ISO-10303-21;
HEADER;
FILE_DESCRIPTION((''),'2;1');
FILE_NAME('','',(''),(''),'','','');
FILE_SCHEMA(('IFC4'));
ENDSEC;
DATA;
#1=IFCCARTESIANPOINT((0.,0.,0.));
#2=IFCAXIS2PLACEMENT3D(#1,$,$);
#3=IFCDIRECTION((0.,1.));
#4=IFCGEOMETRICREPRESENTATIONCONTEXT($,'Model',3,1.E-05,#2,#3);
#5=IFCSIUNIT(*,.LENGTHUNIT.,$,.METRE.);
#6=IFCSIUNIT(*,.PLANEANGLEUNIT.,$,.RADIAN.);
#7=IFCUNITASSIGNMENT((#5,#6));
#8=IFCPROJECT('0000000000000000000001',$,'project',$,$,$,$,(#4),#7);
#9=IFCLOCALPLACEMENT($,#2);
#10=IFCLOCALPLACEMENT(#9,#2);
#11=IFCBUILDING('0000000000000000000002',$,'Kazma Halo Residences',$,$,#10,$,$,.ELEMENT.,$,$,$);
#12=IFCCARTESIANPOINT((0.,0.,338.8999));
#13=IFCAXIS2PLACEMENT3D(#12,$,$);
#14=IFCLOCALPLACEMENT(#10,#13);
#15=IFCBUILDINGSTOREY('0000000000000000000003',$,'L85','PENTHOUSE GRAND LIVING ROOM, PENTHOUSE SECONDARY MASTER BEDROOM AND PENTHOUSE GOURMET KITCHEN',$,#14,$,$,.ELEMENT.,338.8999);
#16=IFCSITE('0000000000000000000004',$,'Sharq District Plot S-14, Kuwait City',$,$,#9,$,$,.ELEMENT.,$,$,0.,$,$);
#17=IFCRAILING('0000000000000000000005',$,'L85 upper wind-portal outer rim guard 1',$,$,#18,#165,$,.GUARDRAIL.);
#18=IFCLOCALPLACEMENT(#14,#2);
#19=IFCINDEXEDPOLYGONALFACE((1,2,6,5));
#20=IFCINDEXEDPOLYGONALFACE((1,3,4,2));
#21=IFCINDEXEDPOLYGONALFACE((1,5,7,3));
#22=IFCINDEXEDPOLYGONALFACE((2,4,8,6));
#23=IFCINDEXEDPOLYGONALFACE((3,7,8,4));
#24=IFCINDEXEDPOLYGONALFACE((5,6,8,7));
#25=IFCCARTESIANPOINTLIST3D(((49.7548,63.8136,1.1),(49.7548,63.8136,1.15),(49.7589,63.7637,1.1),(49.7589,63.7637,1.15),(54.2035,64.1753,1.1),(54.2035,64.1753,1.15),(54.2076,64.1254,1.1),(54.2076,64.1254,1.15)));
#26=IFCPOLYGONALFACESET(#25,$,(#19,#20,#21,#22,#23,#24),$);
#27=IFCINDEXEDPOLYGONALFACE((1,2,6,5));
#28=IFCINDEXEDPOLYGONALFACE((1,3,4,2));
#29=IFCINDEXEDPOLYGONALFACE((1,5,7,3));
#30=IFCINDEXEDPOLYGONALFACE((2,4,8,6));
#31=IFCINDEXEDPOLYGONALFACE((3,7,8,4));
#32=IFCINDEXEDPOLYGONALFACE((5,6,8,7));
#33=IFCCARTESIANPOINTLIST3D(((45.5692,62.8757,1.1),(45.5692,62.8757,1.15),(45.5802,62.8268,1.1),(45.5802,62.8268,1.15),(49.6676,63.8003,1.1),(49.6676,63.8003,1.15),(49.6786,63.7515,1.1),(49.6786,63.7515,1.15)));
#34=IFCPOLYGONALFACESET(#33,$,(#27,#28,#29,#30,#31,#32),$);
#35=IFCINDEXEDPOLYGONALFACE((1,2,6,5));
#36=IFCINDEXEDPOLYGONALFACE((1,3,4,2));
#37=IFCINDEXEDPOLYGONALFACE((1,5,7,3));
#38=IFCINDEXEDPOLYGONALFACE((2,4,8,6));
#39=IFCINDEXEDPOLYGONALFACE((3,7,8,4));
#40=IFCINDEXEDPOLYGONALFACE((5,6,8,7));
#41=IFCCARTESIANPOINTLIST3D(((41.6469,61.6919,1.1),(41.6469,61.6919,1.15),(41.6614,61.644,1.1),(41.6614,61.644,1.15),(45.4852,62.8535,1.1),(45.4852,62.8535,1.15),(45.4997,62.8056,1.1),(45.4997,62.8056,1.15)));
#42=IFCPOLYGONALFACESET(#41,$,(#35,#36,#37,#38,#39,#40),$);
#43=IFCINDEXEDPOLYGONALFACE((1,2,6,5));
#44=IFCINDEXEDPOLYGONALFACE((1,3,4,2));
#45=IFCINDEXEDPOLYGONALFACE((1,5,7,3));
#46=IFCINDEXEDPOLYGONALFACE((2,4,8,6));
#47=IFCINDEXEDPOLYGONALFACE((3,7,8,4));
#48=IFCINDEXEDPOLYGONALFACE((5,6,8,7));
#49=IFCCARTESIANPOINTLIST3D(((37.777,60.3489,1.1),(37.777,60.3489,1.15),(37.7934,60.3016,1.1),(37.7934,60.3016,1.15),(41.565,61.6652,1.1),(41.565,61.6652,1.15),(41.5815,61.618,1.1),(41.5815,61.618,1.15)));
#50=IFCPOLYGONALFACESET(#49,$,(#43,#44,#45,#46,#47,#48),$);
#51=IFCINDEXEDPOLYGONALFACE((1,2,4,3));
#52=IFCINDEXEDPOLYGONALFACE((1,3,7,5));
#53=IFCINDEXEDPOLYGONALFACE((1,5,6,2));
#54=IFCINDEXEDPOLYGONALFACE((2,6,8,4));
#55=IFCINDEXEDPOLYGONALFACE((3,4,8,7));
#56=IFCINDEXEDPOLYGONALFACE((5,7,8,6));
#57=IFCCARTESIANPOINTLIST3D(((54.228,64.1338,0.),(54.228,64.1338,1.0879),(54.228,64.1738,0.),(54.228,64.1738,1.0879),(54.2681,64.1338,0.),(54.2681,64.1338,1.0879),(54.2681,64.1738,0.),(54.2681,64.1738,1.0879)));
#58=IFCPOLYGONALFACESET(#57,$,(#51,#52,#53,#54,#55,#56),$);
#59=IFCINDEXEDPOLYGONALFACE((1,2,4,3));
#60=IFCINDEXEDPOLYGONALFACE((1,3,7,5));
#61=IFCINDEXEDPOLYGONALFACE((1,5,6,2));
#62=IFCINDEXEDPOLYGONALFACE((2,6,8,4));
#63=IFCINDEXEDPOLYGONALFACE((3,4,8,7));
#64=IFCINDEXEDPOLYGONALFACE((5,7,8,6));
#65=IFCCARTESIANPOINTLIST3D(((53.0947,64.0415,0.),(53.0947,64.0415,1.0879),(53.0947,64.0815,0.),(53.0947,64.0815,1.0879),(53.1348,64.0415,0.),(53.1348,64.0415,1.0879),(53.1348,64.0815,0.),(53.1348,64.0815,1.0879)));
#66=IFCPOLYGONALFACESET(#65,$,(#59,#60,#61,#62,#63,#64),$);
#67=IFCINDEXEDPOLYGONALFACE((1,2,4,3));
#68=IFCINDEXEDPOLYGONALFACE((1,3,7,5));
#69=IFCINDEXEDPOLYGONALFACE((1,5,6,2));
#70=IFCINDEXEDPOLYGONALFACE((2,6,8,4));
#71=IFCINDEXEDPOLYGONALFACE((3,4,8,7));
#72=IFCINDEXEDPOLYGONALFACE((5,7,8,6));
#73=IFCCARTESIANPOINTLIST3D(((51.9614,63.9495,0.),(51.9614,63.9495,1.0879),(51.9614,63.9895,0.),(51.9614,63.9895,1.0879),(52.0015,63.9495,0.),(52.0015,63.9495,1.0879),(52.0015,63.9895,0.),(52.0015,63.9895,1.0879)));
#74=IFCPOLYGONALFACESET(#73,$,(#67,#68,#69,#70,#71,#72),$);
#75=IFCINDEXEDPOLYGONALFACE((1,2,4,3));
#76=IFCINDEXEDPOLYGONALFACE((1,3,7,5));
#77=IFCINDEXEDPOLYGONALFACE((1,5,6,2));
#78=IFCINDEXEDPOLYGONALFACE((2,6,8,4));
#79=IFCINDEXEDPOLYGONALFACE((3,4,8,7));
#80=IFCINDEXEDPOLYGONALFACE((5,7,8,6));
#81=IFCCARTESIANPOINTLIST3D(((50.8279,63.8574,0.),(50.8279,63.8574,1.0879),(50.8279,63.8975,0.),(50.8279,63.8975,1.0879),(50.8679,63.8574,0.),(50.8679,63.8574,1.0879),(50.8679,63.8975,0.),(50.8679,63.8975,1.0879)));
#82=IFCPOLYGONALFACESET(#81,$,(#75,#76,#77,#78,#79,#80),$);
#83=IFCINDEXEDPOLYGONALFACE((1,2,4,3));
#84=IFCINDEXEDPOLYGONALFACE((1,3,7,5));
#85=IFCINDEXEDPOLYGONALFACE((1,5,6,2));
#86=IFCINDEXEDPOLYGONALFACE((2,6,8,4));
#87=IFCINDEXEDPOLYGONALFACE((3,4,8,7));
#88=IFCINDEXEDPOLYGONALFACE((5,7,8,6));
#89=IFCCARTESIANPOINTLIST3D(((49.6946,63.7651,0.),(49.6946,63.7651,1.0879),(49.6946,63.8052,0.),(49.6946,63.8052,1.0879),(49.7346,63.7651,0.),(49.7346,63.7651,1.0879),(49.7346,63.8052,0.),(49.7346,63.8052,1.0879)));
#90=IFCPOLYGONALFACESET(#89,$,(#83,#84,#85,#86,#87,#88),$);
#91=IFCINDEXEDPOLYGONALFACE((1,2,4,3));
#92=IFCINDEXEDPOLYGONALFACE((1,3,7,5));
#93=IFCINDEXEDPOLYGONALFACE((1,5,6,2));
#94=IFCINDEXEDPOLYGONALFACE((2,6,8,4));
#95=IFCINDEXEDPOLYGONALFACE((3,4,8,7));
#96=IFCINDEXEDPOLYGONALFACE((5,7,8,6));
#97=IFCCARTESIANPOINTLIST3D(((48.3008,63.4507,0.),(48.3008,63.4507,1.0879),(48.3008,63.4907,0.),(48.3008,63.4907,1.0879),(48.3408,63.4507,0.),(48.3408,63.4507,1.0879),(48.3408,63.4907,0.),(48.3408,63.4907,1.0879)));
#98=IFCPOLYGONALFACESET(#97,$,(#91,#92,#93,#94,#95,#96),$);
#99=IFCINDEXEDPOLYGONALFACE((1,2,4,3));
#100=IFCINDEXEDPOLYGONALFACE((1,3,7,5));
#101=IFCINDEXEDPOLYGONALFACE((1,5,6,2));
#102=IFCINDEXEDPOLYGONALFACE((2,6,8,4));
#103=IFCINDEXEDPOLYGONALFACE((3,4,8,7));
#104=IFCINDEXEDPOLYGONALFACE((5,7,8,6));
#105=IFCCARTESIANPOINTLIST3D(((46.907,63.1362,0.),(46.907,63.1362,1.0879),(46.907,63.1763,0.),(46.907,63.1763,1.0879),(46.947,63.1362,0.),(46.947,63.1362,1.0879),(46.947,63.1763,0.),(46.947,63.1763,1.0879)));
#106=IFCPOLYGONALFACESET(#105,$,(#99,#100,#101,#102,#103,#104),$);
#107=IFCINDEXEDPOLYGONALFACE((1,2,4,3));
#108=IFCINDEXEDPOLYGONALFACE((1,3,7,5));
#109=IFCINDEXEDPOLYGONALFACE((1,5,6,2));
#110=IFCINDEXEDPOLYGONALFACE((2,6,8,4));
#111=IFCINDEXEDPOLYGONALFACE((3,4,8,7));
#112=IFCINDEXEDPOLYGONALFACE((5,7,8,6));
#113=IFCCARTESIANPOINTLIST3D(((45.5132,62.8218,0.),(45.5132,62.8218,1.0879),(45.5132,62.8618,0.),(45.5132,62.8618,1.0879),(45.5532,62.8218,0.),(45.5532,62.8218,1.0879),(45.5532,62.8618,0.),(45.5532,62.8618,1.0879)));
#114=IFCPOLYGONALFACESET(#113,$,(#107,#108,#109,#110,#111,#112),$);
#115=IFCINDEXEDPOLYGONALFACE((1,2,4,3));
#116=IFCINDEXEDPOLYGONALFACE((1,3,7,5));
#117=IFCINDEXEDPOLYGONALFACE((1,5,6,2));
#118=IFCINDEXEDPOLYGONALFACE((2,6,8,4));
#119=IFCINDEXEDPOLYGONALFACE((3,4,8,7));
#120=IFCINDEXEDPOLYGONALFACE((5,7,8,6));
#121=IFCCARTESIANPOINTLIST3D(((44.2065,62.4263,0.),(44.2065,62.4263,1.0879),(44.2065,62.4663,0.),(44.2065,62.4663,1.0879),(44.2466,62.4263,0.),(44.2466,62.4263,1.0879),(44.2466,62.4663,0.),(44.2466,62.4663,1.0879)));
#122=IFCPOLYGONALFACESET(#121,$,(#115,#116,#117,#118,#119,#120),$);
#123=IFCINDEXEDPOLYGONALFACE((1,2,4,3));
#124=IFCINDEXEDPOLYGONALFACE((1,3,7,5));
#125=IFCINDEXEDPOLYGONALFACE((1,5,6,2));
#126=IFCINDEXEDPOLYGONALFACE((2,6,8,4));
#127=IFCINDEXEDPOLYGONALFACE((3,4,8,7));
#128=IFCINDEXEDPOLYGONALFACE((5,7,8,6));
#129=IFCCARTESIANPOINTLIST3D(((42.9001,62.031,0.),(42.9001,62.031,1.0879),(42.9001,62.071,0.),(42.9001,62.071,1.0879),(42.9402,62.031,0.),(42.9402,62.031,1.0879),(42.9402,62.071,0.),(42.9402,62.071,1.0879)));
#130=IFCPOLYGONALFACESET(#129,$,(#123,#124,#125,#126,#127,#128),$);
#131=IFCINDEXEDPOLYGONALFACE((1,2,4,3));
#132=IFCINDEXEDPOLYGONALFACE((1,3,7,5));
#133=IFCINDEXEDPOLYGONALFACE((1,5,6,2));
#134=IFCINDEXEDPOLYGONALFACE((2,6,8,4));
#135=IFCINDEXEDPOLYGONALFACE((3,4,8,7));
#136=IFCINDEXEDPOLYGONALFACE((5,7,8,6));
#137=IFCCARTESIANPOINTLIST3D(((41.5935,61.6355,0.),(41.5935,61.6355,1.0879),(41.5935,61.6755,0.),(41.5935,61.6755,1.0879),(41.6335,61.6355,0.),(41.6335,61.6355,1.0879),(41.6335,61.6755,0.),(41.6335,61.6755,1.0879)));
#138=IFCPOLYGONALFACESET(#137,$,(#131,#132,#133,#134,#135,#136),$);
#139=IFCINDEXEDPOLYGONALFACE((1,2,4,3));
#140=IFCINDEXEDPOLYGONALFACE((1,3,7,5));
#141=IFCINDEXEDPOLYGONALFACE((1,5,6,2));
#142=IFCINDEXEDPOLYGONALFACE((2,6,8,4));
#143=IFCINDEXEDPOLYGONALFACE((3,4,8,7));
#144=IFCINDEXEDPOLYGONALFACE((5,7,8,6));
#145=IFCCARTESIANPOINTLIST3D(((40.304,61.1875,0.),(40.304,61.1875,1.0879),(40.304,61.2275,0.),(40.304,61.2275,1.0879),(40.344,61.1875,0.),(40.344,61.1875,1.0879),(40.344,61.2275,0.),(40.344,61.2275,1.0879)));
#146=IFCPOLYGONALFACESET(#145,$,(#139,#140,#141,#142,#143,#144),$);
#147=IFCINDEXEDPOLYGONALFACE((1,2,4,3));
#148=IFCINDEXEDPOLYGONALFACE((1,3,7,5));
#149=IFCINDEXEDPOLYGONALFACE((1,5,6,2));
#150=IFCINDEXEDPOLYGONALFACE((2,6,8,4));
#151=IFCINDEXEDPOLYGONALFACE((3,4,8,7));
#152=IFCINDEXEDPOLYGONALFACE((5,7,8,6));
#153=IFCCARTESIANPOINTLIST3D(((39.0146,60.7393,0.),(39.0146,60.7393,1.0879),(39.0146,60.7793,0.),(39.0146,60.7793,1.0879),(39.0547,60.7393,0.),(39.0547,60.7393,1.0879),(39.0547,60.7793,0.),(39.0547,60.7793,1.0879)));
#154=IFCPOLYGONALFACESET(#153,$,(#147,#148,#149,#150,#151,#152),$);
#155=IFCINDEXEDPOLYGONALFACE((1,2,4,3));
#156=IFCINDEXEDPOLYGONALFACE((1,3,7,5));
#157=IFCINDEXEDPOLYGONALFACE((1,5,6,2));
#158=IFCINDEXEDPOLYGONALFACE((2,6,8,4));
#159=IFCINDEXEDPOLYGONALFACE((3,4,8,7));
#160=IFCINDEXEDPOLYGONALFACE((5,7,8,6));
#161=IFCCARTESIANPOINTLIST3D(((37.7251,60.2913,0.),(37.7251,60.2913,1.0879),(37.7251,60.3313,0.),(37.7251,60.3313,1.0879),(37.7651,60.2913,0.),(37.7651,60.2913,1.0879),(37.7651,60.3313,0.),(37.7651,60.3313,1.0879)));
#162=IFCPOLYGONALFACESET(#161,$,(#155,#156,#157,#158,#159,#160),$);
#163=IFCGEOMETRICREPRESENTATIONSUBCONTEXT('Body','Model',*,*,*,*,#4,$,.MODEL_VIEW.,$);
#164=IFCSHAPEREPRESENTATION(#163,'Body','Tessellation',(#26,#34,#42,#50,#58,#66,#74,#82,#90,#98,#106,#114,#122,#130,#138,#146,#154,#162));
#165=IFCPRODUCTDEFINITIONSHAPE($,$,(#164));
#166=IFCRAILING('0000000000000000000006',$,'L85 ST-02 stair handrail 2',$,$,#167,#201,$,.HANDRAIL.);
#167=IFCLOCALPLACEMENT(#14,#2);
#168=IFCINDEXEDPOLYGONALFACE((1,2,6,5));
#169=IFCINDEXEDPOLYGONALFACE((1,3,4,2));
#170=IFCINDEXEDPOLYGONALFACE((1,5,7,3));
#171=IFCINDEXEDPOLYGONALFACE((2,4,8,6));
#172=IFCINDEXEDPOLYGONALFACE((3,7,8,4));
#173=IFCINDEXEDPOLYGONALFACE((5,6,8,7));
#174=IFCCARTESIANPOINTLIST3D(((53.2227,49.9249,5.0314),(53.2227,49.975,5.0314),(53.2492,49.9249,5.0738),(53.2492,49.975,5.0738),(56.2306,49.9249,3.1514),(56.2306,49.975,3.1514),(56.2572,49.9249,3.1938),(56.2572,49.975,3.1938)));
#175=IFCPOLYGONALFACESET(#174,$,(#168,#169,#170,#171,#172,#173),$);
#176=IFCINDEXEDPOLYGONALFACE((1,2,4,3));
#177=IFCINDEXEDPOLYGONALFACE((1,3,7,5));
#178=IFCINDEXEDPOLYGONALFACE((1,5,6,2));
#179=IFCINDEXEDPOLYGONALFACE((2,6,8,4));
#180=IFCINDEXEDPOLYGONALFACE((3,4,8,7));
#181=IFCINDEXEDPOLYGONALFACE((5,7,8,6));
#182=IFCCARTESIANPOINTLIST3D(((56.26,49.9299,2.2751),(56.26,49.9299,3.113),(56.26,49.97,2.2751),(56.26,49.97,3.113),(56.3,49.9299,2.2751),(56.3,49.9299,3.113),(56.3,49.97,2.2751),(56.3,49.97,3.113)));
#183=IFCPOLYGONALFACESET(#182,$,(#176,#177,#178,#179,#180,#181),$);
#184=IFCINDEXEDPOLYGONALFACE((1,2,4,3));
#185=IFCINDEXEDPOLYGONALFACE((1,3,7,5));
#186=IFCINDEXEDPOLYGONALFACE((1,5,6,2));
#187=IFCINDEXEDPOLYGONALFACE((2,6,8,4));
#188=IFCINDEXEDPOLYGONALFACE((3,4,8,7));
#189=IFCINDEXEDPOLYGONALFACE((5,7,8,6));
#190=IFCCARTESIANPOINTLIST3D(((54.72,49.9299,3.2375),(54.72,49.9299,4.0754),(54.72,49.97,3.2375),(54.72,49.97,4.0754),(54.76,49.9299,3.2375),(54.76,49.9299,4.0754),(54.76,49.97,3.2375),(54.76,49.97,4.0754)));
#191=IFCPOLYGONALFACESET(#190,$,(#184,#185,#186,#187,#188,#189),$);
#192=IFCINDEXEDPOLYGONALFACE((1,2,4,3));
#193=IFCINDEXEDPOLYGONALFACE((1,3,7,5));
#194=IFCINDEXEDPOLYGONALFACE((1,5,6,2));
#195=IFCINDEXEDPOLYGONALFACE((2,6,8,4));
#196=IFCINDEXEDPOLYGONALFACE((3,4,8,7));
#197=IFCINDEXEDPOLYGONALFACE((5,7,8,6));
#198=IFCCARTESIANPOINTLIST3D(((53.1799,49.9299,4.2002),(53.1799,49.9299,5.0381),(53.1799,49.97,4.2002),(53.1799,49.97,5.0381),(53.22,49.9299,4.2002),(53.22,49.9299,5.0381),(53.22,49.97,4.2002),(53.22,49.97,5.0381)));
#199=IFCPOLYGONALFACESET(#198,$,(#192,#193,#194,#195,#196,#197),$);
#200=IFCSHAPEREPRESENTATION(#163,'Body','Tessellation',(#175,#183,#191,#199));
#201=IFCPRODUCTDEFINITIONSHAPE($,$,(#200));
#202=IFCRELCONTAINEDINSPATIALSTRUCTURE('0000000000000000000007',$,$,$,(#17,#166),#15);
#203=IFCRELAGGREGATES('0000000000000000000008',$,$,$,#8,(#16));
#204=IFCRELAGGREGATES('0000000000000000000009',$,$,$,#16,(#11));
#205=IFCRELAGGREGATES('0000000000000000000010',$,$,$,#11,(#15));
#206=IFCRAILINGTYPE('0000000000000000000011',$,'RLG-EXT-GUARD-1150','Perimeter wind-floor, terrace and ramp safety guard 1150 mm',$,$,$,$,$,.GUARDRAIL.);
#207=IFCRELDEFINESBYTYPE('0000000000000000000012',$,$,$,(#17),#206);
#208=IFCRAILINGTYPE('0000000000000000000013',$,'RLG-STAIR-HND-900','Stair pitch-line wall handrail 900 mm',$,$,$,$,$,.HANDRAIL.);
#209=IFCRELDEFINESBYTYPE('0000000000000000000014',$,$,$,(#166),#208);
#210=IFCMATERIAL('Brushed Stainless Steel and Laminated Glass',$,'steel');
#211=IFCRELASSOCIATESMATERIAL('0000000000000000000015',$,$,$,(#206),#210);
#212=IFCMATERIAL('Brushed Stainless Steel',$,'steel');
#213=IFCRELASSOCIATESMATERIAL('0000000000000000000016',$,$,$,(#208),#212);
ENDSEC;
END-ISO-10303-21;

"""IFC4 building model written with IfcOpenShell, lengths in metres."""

from ifc_helpers import new_model, si_unit, direction, frame, origin, origin_2d, place, context, subcontext, project, spatial, rectangle, extrude, material, type_object, element, save


model = new_model("IFC4")

# Units and contexts
model_context = context("Model", 3, precision=1e-05, world=origin(), true_north=direction((0.0, 1.0)))
body_context = subcontext(model_context, "Body", "Model", "MODEL_VIEW")
ifc_project = project(units=[si_unit("LENGTHUNIT", "METRE"), si_unit("PLANEANGLEUNIT", "RADIAN")], contexts=[model_context])

# Site, building, storey
site_placement = place(None, origin())
site = spatial("IfcSite", under=ifc_project, at=site_placement, Name="Sharq District Plot S-14, Kuwait City", CompositionType="ELEMENT", RefElevation=0.0)
building_placement = place(site_placement, origin())
building = spatial("IfcBuilding", under=site, at=building_placement, Name="Kazma Halo Residences", CompositionType="ELEMENT")
storey_placement = place(building_placement, frame((0.0, 0.0, 338.8999)))
storey = spatial("IfcBuildingStorey", under=building, at=storey_placement, Name="L85", Description="PENTHOUSE GRAND LIVING ROOM, PENTHOUSE SECONDARY MASTER BEDROOM AND PENTHOUSE GOURMET KITCHEN", CompositionType="ELEMENT", Elevation=338.8999)

# Railings
ifc_material_1 = material(Name="Brushed Stainless Steel and Laminated Glass", Category="steel")
railing_type_1 = type_object("IfcRailingType", Name="RLG-EXT-GUARD-1150", Description="Perimeter wind-floor, terrace and ramp safety guard 1150 mm", PredefinedType="GUARDRAIL", material=ifc_material_1)
railing_1_placement = place(storey_placement, frame((54.248, 64.1538, 0.0)))
element("IfcRailing", 1, at=railing_1_placement, inside=storey, type_object=railing_type_1, Name="L85 upper wind-portal outer rim guard 1", PredefinedType="GUARDRAIL", context=body_context, shape_type="SweptSolid", body=[
    extrude(rectangle(XDim=0.05, YDim=0.05, at=origin_2d()), frame((-0.0425, -0.0034, 1.125), z_axis=(-0.99671, -0.081051, 0.0), x_axis=(0.081051, -0.99671, 0.0)), (0.0, 0.0, 1.0), 4.4634),
    extrude(rectangle(XDim=0.05, YDim=0.05, at=origin_2d()), frame((-4.575, -0.3779, 1.125), z_axis=(-0.975482, -0.220077, 0.0), x_axis=(0.220077, -0.975482, 0.0)), (0.0, 0.0, 1.0), 4.2014),
    extrude(rectangle(XDim=0.05, YDim=0.05, at=origin_2d()), frame((-8.7556, -1.3242, 1.125), z_axis=(-0.957126, -0.289671, 0.0), x_axis=(0.289671, -0.957126, 0.0)), (0.0, 0.0, 1.0), 4.0103),
    extrude(rectangle(XDim=0.05, YDim=0.05, at=origin_2d()), frame((-12.6748, -2.5122, 1.125), z_axis=(-0.944595, -0.328239, 0.0), x_axis=(0.328239, -0.944595, 0.0)), (0.0, 0.0, 1.0), 4.0103),
    extrude(rectangle(XDim=0.04, YDim=0.04, at=origin_2d()), origin(), (0.0, 0.0, 1.0), 1.0879),
    extrude(rectangle(XDim=0.04, YDim=0.04, at=origin_2d()), frame((-1.1333, -0.0923, 0.0)), (0.0, 0.0, 1.0), 1.0879),
    extrude(rectangle(XDim=0.04, YDim=0.04, at=origin_2d()), frame((-2.2666, -0.1843, 0.0)), (0.0, 0.0, 1.0), 1.0879),
    extrude(rectangle(XDim=0.04, YDim=0.04, at=origin_2d()), frame((-3.4001, -0.2764, 0.0)), (0.0, 0.0, 1.0), 1.0879),
    extrude(rectangle(XDim=0.04, YDim=0.04, at=origin_2d()), frame((-4.5334, -0.3687, 0.0)), (0.0, 0.0, 1.0), 1.0879),
    extrude(rectangle(XDim=0.04, YDim=0.04, at=origin_2d()), frame((-5.9272, -0.6831, 0.0)), (0.0, 0.0, 1.0), 1.0879),
    extrude(rectangle(XDim=0.04, YDim=0.04, at=origin_2d()), frame((-7.321, -0.9976, 0.0)), (0.0, 0.0, 1.0), 1.0879),
    extrude(rectangle(XDim=0.04, YDim=0.04, at=origin_2d()), frame((-8.7148, -1.312, 0.0)), (0.0, 0.0, 1.0), 1.0879),
    extrude(rectangle(XDim=0.04, YDim=0.04, at=origin_2d()), frame((-10.0215, -1.7075, 0.0)), (0.0, 0.0, 1.0), 1.0879),
    extrude(rectangle(XDim=0.04, YDim=0.04, at=origin_2d()), frame((-11.3279, -2.1028, 0.0)), (0.0, 0.0, 1.0), 1.0879),
    extrude(rectangle(XDim=0.04, YDim=0.04, at=origin_2d()), frame((-12.6345, -2.4983, 0.0)), (0.0, 0.0, 1.0), 1.0879),
    extrude(rectangle(XDim=0.04, YDim=0.04, at=origin_2d()), frame((-13.9241, -2.9463, 0.0)), (0.0, 0.0, 1.0), 1.0879),
    extrude(rectangle(XDim=0.04, YDim=0.04, at=origin_2d()), frame((-15.2134, -3.3945, 0.0)), (0.0, 0.0, 1.0), 1.0879),
    extrude(rectangle(XDim=0.04, YDim=0.04, at=origin_2d()), frame((-16.5029, -3.8425, 0.0)), (0.0, 0.0, 1.0), 1.0879),
])
ifc_material_2 = material(Name="Brushed Stainless Steel", Category="steel")
railing_type_2 = type_object("IfcRailingType", Name="RLG-STAIR-HND-900", Description="Stair pitch-line wall handrail 900 mm", PredefinedType="HANDRAIL", material=ifc_material_2)
railing_2_placement = place(storey_placement, frame((56.28, 49.95, 2.2751)))
element("IfcRailing", 2, at=railing_2_placement, inside=storey, type_object=railing_type_2, Name="L85 ST-02 stair handrail 2", PredefinedType="HANDRAIL", context=body_context, shape_type="SweptSolid", body=[
    extrude(rectangle(XDim=0.05, YDim=0.05, at=origin_2d()), frame((-0.0361, 0.0, 0.8975), z_axis=(-0.847998, 0.0, 0.529999), x_axis=(0.0, -1.0, 0.0)), (0.0, 0.0, 1.0), 3.5471),
    extrude(rectangle(XDim=0.04, YDim=0.04, at=origin_2d()), origin(), (0.0, 0.0, 1.0), 0.8379),
    extrude(rectangle(XDim=0.04, YDim=0.04, at=origin_2d()), frame((-1.54, 0.0, 0.9624)), (0.0, 0.0, 1.0), 0.8379),
    extrude(rectangle(XDim=0.04, YDim=0.04, at=origin_2d()), frame((-3.0801, 0.0, 1.925)), (0.0, 0.0, 1.0), 0.8379),
])

save(model, "model.ifc")
